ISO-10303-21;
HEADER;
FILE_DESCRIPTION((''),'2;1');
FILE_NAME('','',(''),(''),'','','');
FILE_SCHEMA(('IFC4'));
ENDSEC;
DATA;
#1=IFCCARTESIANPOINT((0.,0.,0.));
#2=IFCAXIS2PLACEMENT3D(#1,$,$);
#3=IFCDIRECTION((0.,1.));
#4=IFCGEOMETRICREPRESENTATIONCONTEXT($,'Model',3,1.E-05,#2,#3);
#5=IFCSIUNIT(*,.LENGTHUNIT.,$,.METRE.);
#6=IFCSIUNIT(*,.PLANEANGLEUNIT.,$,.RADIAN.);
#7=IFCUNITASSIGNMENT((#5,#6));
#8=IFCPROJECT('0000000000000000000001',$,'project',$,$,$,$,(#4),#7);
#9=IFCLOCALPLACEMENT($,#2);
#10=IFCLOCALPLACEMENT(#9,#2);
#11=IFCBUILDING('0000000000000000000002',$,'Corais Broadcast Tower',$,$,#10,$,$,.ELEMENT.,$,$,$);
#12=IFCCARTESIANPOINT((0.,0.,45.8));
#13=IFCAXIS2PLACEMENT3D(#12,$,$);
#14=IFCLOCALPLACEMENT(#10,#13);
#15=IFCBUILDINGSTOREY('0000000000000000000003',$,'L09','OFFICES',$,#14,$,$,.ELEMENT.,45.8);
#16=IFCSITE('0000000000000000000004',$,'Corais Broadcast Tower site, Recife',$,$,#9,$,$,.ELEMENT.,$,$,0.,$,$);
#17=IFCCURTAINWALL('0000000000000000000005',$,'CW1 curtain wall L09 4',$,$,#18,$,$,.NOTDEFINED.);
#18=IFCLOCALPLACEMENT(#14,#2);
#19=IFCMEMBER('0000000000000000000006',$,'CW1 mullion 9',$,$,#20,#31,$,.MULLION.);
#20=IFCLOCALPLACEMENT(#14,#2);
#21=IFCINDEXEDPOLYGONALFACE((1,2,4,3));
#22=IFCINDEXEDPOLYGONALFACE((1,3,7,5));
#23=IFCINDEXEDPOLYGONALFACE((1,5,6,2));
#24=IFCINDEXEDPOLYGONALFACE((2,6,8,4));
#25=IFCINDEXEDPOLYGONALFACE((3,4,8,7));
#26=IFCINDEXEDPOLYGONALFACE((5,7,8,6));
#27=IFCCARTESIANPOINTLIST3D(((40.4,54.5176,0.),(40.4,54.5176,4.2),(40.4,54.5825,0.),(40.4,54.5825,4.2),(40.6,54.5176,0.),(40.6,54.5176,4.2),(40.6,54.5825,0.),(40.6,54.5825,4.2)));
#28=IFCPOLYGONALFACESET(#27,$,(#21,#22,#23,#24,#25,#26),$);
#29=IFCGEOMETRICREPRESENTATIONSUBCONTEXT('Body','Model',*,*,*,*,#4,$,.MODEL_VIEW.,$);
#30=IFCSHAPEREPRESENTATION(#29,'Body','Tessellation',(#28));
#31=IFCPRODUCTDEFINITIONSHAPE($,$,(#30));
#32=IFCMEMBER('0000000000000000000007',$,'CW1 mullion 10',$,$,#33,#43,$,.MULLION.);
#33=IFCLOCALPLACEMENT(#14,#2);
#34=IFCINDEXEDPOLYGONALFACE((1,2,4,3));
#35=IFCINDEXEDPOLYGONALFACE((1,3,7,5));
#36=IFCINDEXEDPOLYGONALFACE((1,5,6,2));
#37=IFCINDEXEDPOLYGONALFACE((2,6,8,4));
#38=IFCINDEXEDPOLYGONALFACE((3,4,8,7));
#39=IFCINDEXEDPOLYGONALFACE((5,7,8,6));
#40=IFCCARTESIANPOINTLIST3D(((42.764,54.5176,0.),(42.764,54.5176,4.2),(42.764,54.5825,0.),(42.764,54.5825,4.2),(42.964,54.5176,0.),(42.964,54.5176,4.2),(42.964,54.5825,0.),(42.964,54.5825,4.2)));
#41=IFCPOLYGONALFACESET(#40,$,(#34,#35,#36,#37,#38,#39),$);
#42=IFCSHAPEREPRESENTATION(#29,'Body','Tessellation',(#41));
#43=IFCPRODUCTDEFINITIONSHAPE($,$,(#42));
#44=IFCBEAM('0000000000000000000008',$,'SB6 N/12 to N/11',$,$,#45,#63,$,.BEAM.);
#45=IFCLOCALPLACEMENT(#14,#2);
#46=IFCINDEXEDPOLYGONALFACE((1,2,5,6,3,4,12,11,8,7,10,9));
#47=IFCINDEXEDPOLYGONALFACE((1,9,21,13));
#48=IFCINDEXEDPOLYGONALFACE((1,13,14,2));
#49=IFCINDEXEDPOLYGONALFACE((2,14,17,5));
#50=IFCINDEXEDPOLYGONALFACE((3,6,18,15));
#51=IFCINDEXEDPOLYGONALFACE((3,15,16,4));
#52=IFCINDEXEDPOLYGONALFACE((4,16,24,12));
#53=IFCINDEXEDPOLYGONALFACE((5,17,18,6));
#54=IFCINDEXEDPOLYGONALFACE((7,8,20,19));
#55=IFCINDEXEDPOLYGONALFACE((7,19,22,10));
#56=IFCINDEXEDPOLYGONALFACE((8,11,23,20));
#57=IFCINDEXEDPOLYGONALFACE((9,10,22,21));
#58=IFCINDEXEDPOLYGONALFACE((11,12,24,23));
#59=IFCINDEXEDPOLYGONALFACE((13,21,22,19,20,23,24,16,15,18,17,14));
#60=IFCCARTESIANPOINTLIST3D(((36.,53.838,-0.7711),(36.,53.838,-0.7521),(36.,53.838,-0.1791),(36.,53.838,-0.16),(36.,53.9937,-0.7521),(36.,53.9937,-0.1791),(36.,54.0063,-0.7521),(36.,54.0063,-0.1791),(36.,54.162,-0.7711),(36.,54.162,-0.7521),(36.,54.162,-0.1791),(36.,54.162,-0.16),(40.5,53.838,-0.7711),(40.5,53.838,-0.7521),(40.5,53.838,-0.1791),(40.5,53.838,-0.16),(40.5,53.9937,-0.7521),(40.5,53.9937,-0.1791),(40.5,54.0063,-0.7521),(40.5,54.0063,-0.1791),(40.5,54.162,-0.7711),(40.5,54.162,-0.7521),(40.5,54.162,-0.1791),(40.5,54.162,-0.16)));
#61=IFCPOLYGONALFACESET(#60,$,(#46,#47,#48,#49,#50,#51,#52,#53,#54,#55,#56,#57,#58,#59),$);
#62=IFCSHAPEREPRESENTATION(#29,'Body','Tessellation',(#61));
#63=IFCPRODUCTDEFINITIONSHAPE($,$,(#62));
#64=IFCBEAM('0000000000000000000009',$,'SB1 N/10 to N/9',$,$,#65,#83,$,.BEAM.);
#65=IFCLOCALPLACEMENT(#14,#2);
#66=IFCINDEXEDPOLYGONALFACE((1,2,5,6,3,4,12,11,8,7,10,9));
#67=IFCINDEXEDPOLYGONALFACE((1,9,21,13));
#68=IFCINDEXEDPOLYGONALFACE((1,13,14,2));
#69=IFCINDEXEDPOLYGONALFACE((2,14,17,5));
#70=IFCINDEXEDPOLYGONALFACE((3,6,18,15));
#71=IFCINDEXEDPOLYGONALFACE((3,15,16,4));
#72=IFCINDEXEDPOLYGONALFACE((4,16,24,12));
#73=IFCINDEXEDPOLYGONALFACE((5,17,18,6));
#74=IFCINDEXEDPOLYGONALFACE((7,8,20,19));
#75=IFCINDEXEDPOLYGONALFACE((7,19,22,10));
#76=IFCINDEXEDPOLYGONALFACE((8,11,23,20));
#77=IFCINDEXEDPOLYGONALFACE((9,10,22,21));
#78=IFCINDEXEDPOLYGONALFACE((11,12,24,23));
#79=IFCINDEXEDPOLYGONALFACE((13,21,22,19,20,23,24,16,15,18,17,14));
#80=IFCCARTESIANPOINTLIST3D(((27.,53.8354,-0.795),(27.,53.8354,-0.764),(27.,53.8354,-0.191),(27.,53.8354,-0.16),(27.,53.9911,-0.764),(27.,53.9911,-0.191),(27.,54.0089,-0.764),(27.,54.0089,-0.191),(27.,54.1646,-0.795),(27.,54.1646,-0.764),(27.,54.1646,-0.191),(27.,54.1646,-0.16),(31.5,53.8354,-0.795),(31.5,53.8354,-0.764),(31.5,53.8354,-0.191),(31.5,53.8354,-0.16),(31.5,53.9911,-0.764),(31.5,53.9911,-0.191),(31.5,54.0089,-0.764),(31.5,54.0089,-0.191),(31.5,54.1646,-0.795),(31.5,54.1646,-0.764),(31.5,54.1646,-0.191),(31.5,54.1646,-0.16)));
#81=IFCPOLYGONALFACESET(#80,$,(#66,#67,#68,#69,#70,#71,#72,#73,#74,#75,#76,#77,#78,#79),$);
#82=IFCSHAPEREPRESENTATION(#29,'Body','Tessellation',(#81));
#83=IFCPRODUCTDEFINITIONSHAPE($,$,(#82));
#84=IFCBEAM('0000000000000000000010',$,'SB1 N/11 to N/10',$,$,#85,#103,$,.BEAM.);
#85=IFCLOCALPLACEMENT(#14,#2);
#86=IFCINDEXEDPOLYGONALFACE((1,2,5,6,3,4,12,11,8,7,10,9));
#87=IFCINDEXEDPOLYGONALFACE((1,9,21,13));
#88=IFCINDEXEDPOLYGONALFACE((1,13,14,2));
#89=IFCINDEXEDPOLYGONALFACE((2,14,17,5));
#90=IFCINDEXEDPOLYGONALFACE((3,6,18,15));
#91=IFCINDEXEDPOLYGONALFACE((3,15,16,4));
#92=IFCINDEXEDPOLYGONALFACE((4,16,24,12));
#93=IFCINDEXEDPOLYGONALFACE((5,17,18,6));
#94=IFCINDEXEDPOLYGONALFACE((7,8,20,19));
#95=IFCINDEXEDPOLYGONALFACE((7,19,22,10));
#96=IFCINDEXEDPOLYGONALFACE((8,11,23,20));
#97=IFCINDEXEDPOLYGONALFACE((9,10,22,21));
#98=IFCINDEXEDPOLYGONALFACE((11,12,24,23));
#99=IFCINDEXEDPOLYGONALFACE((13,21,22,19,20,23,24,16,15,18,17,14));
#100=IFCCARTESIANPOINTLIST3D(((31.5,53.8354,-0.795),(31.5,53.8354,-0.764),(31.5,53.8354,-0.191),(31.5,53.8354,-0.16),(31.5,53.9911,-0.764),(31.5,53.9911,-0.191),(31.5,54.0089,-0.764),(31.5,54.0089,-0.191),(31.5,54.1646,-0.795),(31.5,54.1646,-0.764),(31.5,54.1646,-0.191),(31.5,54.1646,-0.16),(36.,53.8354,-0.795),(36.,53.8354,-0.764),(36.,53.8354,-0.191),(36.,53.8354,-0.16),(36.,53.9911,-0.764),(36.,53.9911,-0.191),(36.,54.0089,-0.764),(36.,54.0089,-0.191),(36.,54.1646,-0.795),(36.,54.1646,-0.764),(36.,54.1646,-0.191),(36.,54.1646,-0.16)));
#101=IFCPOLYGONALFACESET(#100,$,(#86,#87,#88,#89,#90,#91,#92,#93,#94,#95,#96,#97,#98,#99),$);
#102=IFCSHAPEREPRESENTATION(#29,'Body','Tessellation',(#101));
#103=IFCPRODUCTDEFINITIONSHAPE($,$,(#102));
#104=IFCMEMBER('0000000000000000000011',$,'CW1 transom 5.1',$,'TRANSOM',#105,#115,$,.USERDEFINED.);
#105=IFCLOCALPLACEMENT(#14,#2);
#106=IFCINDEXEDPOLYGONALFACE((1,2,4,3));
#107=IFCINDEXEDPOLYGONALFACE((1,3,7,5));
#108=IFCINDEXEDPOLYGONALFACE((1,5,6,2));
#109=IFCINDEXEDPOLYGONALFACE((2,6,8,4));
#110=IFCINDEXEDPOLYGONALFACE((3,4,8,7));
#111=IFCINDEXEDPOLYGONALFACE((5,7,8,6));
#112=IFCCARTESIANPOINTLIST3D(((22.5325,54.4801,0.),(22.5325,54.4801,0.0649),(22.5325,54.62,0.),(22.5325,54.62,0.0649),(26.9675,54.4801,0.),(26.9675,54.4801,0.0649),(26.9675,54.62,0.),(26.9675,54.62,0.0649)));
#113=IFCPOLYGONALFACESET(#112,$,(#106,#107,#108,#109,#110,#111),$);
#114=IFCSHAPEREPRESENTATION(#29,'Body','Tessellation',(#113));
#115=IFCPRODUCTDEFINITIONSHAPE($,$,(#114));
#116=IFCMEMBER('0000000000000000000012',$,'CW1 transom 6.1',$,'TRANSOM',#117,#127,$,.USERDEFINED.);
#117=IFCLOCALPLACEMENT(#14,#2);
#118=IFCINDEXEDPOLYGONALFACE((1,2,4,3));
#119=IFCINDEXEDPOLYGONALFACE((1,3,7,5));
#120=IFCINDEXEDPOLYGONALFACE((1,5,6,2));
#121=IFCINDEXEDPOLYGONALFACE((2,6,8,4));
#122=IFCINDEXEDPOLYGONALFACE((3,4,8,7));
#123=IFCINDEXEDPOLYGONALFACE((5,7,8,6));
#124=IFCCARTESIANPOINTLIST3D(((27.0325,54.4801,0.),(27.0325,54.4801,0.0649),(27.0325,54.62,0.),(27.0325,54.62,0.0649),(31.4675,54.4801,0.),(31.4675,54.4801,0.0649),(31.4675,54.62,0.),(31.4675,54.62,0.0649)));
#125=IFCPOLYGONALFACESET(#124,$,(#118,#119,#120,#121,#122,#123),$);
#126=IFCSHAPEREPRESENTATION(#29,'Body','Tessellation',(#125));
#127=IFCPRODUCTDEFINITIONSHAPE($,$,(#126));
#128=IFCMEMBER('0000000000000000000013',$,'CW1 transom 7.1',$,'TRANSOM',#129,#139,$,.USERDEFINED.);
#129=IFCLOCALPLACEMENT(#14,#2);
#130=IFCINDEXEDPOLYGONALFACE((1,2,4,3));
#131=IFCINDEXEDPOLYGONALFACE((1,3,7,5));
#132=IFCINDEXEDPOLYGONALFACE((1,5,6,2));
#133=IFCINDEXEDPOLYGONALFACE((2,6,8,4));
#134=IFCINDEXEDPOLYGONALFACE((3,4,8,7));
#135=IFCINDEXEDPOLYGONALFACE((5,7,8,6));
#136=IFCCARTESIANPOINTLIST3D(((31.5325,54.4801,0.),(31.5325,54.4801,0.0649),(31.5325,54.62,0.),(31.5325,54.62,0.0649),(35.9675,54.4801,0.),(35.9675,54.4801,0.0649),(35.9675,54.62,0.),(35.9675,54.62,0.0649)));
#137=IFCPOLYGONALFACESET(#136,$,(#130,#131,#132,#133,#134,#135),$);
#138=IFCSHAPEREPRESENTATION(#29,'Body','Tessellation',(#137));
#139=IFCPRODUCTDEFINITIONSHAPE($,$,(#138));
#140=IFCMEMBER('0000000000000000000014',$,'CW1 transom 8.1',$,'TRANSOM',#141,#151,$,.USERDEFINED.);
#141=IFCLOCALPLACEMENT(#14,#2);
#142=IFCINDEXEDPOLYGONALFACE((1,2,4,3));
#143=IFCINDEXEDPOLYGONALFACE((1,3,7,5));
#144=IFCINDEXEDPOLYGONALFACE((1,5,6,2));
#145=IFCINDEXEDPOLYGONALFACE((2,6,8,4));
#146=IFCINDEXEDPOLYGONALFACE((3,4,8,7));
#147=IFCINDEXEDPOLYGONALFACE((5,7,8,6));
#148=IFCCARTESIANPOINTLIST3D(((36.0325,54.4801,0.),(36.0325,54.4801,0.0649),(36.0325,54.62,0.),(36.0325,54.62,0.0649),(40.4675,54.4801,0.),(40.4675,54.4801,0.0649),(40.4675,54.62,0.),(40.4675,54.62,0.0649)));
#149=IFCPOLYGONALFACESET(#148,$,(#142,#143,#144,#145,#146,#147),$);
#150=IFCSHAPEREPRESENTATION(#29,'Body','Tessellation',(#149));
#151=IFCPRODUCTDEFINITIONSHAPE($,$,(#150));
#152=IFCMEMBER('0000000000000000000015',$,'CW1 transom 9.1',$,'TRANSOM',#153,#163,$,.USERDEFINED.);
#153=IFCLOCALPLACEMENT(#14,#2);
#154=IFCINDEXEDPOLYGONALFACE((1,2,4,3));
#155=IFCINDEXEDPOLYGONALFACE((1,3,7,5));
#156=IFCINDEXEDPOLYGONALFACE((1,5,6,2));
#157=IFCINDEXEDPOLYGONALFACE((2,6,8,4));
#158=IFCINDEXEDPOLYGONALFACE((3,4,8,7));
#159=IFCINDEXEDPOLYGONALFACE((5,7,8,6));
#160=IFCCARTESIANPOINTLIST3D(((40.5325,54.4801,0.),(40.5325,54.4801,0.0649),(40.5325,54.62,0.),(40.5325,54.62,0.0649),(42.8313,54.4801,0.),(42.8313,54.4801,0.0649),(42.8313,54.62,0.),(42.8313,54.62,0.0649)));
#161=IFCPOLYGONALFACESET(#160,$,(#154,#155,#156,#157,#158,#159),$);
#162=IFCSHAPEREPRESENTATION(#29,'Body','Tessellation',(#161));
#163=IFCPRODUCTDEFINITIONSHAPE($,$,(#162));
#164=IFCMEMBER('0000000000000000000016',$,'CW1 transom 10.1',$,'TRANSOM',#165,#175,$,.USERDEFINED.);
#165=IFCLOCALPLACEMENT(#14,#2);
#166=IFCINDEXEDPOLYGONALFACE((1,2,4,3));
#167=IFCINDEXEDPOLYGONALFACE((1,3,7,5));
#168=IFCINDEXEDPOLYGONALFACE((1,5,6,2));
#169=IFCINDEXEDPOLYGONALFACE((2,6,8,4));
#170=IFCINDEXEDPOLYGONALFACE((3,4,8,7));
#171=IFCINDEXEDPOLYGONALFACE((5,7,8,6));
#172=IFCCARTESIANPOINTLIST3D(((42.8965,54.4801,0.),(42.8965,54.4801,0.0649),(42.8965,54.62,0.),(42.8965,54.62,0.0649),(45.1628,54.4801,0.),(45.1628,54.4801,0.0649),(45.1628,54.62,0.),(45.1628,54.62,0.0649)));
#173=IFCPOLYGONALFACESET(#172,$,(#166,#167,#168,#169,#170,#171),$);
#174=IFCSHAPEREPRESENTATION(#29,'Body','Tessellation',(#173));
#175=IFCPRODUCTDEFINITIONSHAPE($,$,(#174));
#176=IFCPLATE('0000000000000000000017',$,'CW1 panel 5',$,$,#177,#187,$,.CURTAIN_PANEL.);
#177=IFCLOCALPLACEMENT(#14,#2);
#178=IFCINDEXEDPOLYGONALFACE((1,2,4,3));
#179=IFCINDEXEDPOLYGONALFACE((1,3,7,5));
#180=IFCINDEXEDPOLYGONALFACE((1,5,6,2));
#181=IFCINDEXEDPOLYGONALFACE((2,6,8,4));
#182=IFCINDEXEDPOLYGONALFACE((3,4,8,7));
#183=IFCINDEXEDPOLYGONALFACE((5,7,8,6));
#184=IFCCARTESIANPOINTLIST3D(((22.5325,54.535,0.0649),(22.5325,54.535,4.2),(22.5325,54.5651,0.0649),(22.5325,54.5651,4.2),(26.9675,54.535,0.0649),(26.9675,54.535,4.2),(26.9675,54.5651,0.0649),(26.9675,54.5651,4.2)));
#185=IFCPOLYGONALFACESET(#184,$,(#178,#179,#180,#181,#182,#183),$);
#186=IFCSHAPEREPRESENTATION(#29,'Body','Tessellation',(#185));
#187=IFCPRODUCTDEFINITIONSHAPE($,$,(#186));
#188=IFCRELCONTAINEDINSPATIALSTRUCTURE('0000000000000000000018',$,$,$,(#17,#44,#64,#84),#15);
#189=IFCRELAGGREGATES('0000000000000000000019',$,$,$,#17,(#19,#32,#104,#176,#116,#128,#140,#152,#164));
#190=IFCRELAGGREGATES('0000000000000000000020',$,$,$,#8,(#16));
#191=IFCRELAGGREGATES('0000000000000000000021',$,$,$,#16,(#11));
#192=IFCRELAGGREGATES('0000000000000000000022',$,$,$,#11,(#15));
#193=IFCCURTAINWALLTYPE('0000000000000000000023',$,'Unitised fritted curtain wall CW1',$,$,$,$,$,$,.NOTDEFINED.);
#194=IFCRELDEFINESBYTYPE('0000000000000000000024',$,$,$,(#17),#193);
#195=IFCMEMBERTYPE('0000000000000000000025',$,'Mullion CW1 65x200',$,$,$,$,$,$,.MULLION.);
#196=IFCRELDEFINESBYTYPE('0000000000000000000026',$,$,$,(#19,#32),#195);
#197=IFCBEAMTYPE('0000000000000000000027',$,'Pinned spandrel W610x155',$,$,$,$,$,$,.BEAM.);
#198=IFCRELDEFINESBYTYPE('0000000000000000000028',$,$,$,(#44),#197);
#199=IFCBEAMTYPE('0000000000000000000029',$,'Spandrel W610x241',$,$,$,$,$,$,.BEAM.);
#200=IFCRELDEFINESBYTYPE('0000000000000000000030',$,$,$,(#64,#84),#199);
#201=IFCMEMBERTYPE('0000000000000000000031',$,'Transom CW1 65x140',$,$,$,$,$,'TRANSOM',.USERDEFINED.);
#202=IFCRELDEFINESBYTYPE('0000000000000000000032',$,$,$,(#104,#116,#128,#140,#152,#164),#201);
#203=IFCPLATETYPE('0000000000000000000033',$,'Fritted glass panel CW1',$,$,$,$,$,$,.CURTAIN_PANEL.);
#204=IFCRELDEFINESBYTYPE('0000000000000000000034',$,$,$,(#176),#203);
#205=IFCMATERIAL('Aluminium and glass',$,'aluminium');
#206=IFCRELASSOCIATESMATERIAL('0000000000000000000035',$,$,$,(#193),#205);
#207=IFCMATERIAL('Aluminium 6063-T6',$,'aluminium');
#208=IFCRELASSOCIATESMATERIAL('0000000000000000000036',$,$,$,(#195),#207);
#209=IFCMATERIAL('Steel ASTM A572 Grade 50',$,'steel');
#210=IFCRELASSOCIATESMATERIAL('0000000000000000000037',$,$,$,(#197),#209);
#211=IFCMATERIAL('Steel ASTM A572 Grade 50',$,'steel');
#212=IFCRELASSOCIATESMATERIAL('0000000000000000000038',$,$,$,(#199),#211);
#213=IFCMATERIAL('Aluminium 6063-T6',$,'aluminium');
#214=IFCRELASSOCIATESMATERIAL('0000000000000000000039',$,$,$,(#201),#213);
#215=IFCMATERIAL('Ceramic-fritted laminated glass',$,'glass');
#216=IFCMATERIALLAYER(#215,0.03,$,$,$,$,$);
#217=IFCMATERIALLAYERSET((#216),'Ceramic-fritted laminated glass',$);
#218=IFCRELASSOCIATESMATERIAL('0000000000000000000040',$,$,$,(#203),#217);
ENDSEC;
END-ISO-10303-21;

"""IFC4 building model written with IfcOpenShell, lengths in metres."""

from ifc_helpers import new_model, si_unit, direction, frame, origin, origin_2d, place, context, subcontext, project, spatial, rectangle, i_section, extrude, material, layer, layer_set, material_profile, profile_set, type_object, element, aggregate, save


model = new_model("IFC4")

# Units and contexts
model_context = context("Model", 3, precision=1e-05, world=origin(), true_north=direction((0.0, 1.0)))
body_context = subcontext(model_context, "Body", "Model", "MODEL_VIEW")
ifc_project = project(units=[si_unit("LENGTHUNIT", "METRE"), si_unit("PLANEANGLEUNIT", "RADIAN")], contexts=[model_context])

# Site, building, storey
site_placement = place(None, origin())
site = spatial("IfcSite", under=ifc_project, at=site_placement, Name="Corais Broadcast Tower site, Recife", CompositionType="ELEMENT", RefElevation=0.0)
building_placement = place(site_placement, origin())
building = spatial("IfcBuilding", under=site, at=building_placement, Name="Corais Broadcast Tower", CompositionType="ELEMENT")
storey_placement = place(building_placement, frame((0.0, 0.0, 45.8)))
storey = spatial("IfcBuildingStorey", under=building, at=storey_placement, Name="L09", Description="OFFICES", CompositionType="ELEMENT", Elevation=45.8)

# Curtain wall, members
ifc_material_1 = material(Name="Aluminium and glass", Category="aluminium")
curtain_wall_type = type_object("IfcCurtainWallType", Name="Unitised fritted curtain wall CW1", PredefinedType="NOTDEFINED", material=ifc_material_1)
curtain_wall_placement = place(storey_placement, origin())
curtain_wall = element("IfcCurtainWall", 1, at=curtain_wall_placement, inside=storey, type_object=curtain_wall_type, Name="CW1 curtain wall L09 4", PredefinedType="NOTDEFINED")
ifc_material_2 = material(Name="Aluminium 6063-T6", Category="aluminium")
ifc_material_profile_1 = material_profile(ifc_material_2, rectangle(XDim=0.0649, YDim=0.2, at=origin_2d()), Name="Mullion CW1 65x200")
ifc_profile_set_1 = profile_set([ifc_material_profile_1], Name="Aluminium 6063-T6")
member_type_1 = type_object("IfcMemberType", Name="Mullion CW1 65x200", PredefinedType="MULLION", material=ifc_profile_set_1)
member_1_placement = place(storey_placement, frame((40.5, 54.55, 0.0), z_axis=(0.0, 0.0, 1.0), x_axis=(0.0, 1.0, 0.0)))
member_1 = element("IfcMember", 2, at=member_1_placement, type_object=member_type_1, Name="CW1 mullion 9", PredefinedType="MULLION", context=body_context, shape_type="SweptSolid", body=[
    extrude(rectangle(XDim=0.0649, YDim=0.2, at=origin_2d()), origin(), (0.0, 0.0, 1.0), 4.2),
])
member_2_placement = place(storey_placement, frame((42.864, 54.55, 0.0), z_axis=(0.0, 0.0, 1.0), x_axis=(0.0, 1.0, 0.0)))
member_2 = element("IfcMember", 3, at=member_2_placement, type_object=member_type_1, Name="CW1 mullion 10", PredefinedType="MULLION", context=body_context, shape_type="SweptSolid", body=[
    extrude(rectangle(XDim=0.0649, YDim=0.2, at=origin_2d()), origin(), (0.0, 0.0, 1.0), 4.2),
])

# Beams
ifc_material_3 = material(Name="Steel ASTM A572 Grade 50", Category="steel")
ifc_material_profile_2 = material_profile(ifc_material_3, i_section(OverallWidth=0.324, OverallDepth=0.6111, WebThickness=0.0127, FlangeThickness=0.019, at=origin_2d()), Name="W610x155")
ifc_profile_set_2 = profile_set([ifc_material_profile_2], Name="Steel ASTM A572 Grade 50")
beam_type_1 = type_object("IfcBeamType", Name="Pinned spandrel W610x155", PredefinedType="BEAM", material=ifc_profile_set_2)
beam_1_placement = place(storey_placement, frame((40.5, 54.0, -0.4656), z_axis=(-1.0, 0.0, 0.0), x_axis=(0.0, -1.0, 0.0)))
element("IfcBeam", 4, at=beam_1_placement, inside=storey, type_object=beam_type_1, Name="SB6 N/12 to N/11", PredefinedType="BEAM", context=body_context, shape_type="SweptSolid", body=[
    extrude(i_section(OverallWidth=0.324, OverallDepth=0.6111, WebThickness=0.0127, FlangeThickness=0.019, at=origin_2d()), origin(), (0.0, 0.0, 1.0), 4.5),
])
ifc_material_4 = material(Name="Steel ASTM A572 Grade 50", Category="steel")
ifc_material_profile_3 = material_profile(ifc_material_4, i_section(OverallWidth=0.3291, OverallDepth=0.635, WebThickness=0.0178, FlangeThickness=0.031, at=origin_2d()), Name="W610x241")
ifc_profile_set_3 = profile_set([ifc_material_profile_3], Name="Steel ASTM A572 Grade 50")
beam_type_2 = type_object("IfcBeamType", Name="Spandrel W610x241", PredefinedType="BEAM", material=ifc_profile_set_3)
for number, where, z_axis, x_axis, name in (
    (5, (31.5, 54.0, -0.4775), (-1.0, 0.0, 0.0), (0.0, -1.0, 0.0), "SB1 N/10 to N/9"),
    (6, (36.0, 54.0, -0.4775), (-1.0, 0.0, 0.0), (0.0, -1.0, 0.0), "SB1 N/11 to N/10"),
):
    element("IfcBeam", number, at=place(storey_placement, frame(where, z_axis=z_axis, x_axis=x_axis)), inside=storey, type_object=beam_type_2, Name=name, PredefinedType="BEAM", context=body_context, shape_type="SweptSolid", body=[
        extrude(i_section(OverallWidth=0.3291, OverallDepth=0.635, WebThickness=0.0178, FlangeThickness=0.031, at=origin_2d()), origin(), (0.0, 0.0, 1.0), 4.5),
    ])

# Members
ifc_material_5 = material(Name="Aluminium 6063-T6", Category="aluminium")
ifc_material_profile_4 = material_profile(ifc_material_5, rectangle(XDim=0.1399, YDim=0.0649, at=origin_2d()), Name="Transom CW1 65x140")
ifc_profile_set_4 = profile_set([ifc_material_profile_4], Name="Aluminium 6063-T6")
member_type_2 = type_object("IfcMemberType", Name="Transom CW1 65x140", ElementType="TRANSOM", PredefinedType="USERDEFINED", material=ifc_profile_set_4)
member_3_placement = place(storey_placement, frame((22.5325, 54.55, 0.0325), z_axis=(1.0, 0.0, 0.0), x_axis=(0.0, 1.0, 0.0)))
member_3 = element("IfcMember", 7, at=member_3_placement, type_object=member_type_2, Name="CW1 transom 5.1", ObjectType="TRANSOM", PredefinedType="USERDEFINED", context=body_context, shape_type="SweptSolid", body=[
    extrude(rectangle(XDim=0.1399, YDim=0.0649, at=origin_2d()), origin(), (0.0, 0.0, 1.0), 4.4351),
])
member_4_placement = place(storey_placement, frame((27.0325, 54.55, 0.0325), z_axis=(1.0, 0.0, 0.0), x_axis=(0.0, 1.0, 0.0)))
member_4 = element("IfcMember", 8, at=member_4_placement, type_object=member_type_2, Name="CW1 transom 6.1", ObjectType="TRANSOM", PredefinedType="USERDEFINED", context=body_context, shape_type="SweptSolid", body=[
    extrude(rectangle(XDim=0.1399, YDim=0.0649, at=origin_2d()), origin(), (0.0, 0.0, 1.0), 4.4351),
])
member_5_placement = place(storey_placement, frame((31.5325, 54.55, 0.0325), z_axis=(1.0, 0.0, 0.0), x_axis=(0.0, 1.0, 0.0)))
member_5 = element("IfcMember", 9, at=member_5_placement, type_object=member_type_2, Name="CW1 transom 7.1", ObjectType="TRANSOM", PredefinedType="USERDEFINED", context=body_context, shape_type="SweptSolid", body=[
    extrude(rectangle(XDim=0.1399, YDim=0.0649, at=origin_2d()), origin(), (0.0, 0.0, 1.0), 4.4351),
])
member_6_placement = place(storey_placement, frame((36.0325, 54.55, 0.0325), z_axis=(1.0, 0.0, 0.0), x_axis=(0.0, 1.0, 0.0)))
member_6 = element("IfcMember", 10, at=member_6_placement, type_object=member_type_2, Name="CW1 transom 8.1", ObjectType="TRANSOM", PredefinedType="USERDEFINED", context=body_context, shape_type="SweptSolid", body=[
    extrude(rectangle(XDim=0.1399, YDim=0.0649, at=origin_2d()), origin(), (0.0, 0.0, 1.0), 4.4351),
])
member_7_placement = place(storey_placement, frame((40.5325, 54.55, 0.0325), z_axis=(1.0, 0.0, 0.0), x_axis=(0.0, 1.0, 0.0)))
member_7 = element("IfcMember", 11, at=member_7_placement, type_object=member_type_2, Name="CW1 transom 9.1", ObjectType="TRANSOM", PredefinedType="USERDEFINED", context=body_context, shape_type="SweptSolid", body=[
    extrude(rectangle(XDim=0.1399, YDim=0.0649, at=origin_2d()), origin(), (0.0, 0.0, 1.0), 2.2988),
])
member_8_placement = place(storey_placement, frame((42.8965, 54.55, 0.0325), z_axis=(1.0, 0.0, 0.0), x_axis=(0.0, 1.0, 0.0)))
member_8 = element("IfcMember", 12, at=member_8_placement, type_object=member_type_2, Name="CW1 transom 10.1", ObjectType="TRANSOM", PredefinedType="USERDEFINED", context=body_context, shape_type="SweptSolid", body=[
    extrude(rectangle(XDim=0.1399, YDim=0.0649, at=origin_2d()), origin(), (0.0, 0.0, 1.0), 2.2664),
])

# Plate
ifc_material_6 = material(Name="Ceramic-fritted laminated glass", Category="glass")
ifc_layer_1 = layer(ifc_material_6, 0.03)
ifc_layer_set_1 = layer_set([ifc_layer_1], Name="Ceramic-fritted laminated glass")
plate_type_1 = type_object("IfcPlateType", Name="Fritted glass panel CW1", PredefinedType="CURTAIN_PANEL", material=ifc_layer_set_1)
plate_1_placement = place(storey_placement, frame((24.75, 54.55, 0.0649), z_axis=(0.0, 0.0, 1.0), x_axis=(1.0, 0.0, 0.0)))
plate_1 = element("IfcPlate", 13, at=plate_1_placement, type_object=plate_type_1, Name="CW1 panel 5", PredefinedType="CURTAIN_PANEL", context=body_context, shape_type="SweptSolid", body=[
    extrude(rectangle(XDim=4.4351, YDim=0.03, at=origin_2d()), origin(), (0.0, 0.0, 1.0), 4.135),
])
aggregate(curtain_wall, [member_1, member_2, member_3, plate_1, member_4, member_5, member_6, member_7, member_8])

save(model, "model.ifc")
